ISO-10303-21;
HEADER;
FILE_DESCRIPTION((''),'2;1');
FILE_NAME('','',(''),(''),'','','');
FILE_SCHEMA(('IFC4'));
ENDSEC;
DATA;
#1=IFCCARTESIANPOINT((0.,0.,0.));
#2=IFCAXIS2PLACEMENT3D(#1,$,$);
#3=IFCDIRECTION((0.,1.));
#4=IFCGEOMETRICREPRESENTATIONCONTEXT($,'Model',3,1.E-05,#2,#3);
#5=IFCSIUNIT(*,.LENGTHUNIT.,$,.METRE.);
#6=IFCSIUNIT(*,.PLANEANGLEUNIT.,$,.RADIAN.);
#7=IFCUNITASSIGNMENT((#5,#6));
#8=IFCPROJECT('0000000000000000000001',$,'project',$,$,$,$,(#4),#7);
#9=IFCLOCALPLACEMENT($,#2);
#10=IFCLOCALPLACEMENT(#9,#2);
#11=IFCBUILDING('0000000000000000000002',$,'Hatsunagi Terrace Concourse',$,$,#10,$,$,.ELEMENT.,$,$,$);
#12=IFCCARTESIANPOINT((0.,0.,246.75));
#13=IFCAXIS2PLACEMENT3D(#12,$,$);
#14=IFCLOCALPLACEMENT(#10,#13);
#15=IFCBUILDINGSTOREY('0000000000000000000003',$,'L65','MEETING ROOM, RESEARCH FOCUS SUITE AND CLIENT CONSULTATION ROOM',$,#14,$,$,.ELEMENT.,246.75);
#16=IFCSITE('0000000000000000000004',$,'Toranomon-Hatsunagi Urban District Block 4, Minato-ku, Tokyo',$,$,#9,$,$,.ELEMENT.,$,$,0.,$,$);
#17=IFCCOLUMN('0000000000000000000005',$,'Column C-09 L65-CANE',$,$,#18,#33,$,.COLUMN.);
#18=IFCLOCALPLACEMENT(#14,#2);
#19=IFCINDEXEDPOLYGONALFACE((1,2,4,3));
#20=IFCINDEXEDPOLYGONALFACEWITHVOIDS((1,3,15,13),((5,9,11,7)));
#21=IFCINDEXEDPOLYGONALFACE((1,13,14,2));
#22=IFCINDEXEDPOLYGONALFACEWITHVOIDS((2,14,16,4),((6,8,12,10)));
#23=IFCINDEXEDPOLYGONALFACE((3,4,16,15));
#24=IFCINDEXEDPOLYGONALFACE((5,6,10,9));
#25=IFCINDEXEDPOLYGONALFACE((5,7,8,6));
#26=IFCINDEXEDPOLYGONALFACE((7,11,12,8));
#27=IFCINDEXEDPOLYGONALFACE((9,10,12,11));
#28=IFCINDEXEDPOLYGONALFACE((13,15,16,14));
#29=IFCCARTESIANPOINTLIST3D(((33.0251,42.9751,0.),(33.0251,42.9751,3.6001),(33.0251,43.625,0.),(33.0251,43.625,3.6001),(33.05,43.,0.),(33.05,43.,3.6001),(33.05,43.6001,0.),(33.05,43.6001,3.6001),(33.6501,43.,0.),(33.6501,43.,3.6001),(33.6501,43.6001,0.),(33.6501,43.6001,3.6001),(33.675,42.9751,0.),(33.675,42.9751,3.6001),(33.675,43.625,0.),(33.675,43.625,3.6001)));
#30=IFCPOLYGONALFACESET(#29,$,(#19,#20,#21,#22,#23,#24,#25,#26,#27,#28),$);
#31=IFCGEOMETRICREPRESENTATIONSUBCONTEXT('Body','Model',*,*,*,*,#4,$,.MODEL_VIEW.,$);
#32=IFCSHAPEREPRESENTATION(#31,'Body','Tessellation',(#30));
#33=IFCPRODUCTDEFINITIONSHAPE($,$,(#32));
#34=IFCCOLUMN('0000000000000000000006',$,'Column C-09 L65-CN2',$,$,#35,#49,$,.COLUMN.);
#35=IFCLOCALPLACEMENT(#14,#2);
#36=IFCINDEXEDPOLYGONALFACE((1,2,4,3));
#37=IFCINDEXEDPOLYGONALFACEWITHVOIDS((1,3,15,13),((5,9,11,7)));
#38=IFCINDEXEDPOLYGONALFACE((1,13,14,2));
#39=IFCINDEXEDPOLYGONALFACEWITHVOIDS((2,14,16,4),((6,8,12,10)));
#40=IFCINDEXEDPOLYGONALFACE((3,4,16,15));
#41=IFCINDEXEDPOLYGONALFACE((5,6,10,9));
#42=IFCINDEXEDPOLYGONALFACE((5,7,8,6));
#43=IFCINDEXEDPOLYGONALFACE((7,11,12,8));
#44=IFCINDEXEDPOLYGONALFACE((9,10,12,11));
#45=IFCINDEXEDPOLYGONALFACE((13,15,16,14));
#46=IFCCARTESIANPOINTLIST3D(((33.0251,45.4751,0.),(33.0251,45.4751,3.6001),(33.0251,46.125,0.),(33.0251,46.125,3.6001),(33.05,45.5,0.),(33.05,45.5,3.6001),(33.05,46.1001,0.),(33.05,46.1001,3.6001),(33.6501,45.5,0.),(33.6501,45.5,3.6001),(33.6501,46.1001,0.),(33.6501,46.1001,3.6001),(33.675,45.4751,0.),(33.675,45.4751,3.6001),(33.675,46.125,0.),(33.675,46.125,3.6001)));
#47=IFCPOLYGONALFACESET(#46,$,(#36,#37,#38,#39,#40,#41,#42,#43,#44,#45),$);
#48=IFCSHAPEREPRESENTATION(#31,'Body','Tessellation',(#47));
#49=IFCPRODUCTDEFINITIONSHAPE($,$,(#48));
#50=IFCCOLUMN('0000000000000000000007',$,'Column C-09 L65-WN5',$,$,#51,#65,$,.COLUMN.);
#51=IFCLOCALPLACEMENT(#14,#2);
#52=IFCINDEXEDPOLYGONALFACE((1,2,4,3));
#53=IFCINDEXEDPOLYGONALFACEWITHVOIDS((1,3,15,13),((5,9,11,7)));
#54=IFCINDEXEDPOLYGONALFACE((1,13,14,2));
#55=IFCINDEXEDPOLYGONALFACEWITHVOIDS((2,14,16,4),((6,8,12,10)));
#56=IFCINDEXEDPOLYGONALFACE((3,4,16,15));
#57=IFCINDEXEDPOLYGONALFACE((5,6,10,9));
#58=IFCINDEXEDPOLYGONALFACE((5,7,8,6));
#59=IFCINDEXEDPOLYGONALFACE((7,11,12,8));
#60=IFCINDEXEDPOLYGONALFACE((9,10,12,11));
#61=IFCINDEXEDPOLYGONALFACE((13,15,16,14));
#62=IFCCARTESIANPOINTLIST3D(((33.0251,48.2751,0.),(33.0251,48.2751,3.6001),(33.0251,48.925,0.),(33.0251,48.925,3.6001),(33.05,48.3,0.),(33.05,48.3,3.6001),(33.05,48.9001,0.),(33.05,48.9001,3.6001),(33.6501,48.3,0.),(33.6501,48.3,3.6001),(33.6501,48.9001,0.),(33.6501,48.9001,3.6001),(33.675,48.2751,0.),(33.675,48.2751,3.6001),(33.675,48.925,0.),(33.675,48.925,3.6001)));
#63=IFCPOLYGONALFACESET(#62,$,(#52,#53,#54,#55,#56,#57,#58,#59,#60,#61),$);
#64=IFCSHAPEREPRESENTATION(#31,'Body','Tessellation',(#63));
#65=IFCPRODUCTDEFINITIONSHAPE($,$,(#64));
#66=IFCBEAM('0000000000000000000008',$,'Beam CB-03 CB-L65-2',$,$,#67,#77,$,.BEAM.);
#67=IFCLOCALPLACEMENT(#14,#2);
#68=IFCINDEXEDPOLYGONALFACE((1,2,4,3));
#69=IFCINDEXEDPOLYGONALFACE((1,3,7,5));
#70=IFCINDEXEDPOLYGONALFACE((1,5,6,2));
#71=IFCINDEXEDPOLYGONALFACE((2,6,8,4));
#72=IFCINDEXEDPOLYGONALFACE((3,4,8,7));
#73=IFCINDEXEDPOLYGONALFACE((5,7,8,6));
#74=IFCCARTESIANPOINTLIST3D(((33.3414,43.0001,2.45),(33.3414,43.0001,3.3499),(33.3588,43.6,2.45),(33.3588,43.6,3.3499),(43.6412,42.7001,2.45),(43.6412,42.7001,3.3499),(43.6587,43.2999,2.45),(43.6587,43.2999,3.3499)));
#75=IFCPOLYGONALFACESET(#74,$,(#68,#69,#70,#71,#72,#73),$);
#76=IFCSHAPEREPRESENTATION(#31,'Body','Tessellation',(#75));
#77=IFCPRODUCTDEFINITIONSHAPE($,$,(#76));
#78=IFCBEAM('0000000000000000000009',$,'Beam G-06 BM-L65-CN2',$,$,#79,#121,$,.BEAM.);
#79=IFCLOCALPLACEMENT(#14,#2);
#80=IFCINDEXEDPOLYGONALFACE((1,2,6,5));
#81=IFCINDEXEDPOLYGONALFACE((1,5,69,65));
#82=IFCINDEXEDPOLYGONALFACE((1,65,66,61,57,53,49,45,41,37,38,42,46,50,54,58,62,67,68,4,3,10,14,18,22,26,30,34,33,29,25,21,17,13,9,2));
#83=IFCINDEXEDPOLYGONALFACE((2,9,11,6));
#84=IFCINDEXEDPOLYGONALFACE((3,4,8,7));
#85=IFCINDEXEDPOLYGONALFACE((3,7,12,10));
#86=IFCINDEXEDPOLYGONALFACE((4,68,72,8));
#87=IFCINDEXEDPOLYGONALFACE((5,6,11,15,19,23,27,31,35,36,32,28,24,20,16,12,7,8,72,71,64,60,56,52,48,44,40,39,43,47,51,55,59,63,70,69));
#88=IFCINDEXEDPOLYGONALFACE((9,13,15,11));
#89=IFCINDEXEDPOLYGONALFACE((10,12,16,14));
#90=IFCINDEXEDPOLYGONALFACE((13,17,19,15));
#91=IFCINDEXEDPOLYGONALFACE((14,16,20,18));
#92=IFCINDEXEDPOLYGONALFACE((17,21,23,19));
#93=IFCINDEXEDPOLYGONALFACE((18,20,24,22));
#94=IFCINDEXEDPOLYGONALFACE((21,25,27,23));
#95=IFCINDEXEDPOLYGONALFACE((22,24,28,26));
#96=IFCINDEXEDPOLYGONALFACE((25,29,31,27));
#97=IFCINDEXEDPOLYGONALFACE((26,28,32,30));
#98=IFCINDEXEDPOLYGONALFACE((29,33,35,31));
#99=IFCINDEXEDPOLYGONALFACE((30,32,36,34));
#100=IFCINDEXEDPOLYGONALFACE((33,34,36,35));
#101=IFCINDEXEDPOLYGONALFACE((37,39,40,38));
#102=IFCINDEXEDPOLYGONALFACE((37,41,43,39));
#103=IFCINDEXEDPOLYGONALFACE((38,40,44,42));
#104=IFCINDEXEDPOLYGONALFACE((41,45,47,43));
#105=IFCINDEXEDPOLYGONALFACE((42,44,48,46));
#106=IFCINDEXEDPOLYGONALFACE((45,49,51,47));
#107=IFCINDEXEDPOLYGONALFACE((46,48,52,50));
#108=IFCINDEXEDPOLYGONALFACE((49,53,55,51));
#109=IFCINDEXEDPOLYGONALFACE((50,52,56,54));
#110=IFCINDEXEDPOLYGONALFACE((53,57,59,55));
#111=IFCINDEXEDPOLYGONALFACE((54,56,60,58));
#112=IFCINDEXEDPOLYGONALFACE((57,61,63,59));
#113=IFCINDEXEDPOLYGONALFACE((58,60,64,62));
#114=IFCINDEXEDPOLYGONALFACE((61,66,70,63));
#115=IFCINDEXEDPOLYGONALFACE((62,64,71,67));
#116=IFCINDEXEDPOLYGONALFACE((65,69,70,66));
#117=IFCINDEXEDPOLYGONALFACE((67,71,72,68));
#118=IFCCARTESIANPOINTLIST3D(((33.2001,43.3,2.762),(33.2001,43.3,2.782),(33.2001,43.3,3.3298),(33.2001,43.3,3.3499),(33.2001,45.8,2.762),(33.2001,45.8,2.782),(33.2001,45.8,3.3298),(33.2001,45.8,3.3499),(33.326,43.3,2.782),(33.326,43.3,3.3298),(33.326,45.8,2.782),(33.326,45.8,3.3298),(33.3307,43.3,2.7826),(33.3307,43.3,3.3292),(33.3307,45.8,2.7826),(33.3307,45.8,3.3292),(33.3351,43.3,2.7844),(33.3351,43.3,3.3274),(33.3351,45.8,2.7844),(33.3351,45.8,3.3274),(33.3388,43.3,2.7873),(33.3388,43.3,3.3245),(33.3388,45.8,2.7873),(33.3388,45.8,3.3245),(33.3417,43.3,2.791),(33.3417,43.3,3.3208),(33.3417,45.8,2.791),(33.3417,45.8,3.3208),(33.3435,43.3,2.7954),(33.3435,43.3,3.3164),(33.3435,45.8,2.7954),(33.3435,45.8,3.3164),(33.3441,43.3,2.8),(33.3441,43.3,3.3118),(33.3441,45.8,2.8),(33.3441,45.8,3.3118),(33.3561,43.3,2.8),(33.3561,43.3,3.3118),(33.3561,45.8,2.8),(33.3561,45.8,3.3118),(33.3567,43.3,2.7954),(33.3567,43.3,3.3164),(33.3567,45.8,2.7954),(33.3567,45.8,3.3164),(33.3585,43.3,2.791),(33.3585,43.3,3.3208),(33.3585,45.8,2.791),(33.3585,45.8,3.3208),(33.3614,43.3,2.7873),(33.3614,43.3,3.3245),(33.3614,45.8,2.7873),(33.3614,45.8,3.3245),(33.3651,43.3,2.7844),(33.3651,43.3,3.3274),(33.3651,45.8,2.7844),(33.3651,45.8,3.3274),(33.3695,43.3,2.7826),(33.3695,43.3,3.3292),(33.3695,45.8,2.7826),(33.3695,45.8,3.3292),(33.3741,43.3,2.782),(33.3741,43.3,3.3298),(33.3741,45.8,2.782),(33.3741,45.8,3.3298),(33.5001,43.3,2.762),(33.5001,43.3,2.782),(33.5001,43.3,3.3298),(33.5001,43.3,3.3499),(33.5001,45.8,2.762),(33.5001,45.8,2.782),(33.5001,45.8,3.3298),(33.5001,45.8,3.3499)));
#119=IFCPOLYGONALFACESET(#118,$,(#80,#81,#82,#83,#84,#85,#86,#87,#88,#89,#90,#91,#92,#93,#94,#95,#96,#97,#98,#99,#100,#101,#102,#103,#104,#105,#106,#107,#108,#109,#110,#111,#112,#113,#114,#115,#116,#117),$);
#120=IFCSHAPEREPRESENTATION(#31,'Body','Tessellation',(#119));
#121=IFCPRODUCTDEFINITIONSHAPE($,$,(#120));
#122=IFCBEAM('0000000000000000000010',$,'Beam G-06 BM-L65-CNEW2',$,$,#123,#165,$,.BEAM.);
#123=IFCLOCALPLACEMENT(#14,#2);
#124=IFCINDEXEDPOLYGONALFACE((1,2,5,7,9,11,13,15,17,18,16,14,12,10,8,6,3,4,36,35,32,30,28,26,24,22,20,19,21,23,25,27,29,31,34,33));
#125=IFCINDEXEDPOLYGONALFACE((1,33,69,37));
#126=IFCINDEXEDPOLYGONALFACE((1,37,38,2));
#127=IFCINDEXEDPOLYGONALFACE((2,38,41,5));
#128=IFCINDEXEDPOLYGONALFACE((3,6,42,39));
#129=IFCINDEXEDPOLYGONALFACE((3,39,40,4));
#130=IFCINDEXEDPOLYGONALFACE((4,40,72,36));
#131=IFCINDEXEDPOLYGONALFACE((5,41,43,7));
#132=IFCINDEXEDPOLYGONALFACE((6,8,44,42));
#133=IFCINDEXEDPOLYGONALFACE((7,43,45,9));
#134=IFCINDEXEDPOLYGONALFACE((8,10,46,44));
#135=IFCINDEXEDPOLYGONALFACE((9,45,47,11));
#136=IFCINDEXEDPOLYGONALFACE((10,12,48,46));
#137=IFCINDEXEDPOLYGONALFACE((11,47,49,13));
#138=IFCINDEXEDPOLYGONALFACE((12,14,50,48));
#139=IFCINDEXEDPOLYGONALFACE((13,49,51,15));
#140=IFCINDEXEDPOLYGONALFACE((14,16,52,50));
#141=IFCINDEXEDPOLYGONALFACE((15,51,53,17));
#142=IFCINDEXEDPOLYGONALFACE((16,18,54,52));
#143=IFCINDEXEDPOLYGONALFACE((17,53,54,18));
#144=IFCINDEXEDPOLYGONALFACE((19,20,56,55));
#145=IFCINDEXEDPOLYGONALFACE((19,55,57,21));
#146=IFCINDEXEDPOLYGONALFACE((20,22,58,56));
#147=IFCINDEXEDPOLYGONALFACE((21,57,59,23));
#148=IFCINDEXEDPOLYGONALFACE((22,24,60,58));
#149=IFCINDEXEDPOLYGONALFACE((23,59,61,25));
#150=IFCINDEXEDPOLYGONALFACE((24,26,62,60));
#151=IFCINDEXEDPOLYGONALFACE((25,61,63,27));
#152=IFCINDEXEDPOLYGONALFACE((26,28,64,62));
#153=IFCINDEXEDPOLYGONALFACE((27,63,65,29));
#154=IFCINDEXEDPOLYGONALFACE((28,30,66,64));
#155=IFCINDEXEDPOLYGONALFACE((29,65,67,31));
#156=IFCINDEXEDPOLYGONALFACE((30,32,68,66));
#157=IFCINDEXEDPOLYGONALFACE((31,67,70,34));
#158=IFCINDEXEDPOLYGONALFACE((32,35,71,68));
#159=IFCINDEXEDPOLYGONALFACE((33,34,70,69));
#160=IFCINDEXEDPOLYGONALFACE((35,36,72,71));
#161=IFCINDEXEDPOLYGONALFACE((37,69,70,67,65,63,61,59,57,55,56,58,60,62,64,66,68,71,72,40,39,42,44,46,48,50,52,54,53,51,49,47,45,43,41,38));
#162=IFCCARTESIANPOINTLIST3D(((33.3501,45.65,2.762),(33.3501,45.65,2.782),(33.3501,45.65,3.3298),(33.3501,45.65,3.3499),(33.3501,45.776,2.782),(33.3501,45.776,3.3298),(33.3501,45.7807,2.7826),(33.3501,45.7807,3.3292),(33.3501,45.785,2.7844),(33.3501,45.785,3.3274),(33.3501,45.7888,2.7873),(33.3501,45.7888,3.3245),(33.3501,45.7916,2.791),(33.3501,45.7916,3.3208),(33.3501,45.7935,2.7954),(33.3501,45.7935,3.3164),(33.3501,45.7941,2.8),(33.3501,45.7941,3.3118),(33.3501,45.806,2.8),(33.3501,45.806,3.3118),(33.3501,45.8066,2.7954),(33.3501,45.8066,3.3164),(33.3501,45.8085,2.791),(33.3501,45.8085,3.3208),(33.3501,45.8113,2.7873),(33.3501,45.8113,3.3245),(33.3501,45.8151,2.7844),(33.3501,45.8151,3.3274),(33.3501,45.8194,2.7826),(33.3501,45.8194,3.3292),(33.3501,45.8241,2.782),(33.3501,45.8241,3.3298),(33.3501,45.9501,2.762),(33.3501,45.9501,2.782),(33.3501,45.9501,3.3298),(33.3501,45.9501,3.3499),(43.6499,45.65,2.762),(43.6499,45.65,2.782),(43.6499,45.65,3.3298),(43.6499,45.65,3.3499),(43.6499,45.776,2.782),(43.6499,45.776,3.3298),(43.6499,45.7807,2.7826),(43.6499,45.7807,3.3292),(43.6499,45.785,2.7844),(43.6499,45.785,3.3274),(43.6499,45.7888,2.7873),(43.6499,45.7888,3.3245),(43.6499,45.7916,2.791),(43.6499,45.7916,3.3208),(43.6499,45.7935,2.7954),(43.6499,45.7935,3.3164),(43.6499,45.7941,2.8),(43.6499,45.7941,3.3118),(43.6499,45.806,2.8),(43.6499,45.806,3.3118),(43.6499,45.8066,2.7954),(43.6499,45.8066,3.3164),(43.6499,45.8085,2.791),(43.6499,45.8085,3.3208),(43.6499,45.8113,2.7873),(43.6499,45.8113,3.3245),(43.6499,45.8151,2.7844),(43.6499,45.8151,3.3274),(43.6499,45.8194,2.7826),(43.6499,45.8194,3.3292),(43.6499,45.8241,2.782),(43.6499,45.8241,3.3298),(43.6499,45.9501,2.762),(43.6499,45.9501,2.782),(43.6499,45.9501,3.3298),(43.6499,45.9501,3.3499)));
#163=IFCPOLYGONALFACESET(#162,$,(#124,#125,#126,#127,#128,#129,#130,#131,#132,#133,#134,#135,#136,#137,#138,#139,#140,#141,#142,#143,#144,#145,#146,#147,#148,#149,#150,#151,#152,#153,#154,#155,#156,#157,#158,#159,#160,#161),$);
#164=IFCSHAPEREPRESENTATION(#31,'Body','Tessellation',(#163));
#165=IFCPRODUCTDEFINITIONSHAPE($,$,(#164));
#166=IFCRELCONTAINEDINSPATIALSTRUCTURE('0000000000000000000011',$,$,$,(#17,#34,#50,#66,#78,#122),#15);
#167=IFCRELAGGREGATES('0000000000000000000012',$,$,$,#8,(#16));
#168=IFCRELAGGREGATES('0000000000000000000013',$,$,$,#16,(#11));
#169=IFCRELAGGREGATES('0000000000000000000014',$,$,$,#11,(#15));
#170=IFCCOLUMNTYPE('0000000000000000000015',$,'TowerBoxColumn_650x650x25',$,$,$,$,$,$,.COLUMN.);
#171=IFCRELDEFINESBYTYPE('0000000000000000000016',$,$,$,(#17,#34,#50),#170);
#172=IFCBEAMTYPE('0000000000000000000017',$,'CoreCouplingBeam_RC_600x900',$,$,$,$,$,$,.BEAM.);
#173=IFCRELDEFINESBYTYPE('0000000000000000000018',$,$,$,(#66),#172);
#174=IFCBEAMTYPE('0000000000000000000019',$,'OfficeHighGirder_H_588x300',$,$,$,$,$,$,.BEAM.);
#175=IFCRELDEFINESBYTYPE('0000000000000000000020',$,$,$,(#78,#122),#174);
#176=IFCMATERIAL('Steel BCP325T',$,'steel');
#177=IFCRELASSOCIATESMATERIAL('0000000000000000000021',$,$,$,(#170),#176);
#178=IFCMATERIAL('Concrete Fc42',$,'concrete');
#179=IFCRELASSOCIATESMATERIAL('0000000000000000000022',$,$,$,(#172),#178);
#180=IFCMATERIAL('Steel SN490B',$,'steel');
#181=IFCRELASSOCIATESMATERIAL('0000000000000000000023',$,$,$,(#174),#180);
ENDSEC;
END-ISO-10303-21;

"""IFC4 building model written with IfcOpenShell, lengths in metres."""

from ifc_helpers import new_model, si_unit, direction, frame, origin, origin_2d, place, context, subcontext, project, spatial, rectangle, hollow_rectangle, i_section, extrude, material, material_profile, profile_set, type_object, element, save


model = new_model("IFC4")

# Units and contexts
model_context = context("Model", 3, precision=1e-05, world=origin(), true_north=direction((0.0, 1.0)))
body_context = subcontext(model_context, "Body", "Model", "MODEL_VIEW")
ifc_project = project(units=[si_unit("LENGTHUNIT", "METRE"), si_unit("PLANEANGLEUNIT", "RADIAN")], contexts=[model_context])

# Site, building, storey
site_placement = place(None, origin())
site = spatial("IfcSite", under=ifc_project, at=site_placement, Name="Toranomon-Hatsunagi Urban District Block 4, Minato-ku, Tokyo", CompositionType="ELEMENT", RefElevation=0.0)
building_placement = place(site_placement, origin())
building = spatial("IfcBuilding", under=site, at=building_placement, Name="Hatsunagi Terrace Concourse", CompositionType="ELEMENT")
storey_placement = place(building_placement, frame((0.0, 0.0, 246.75)))
storey = spatial("IfcBuildingStorey", under=building, at=storey_placement, Name="L65", Description="MEETING ROOM, RESEARCH FOCUS SUITE AND CLIENT CONSULTATION ROOM", CompositionType="ELEMENT", Elevation=246.75)

# Columns
ifc_material_1 = material(Name="Steel BCP325T", Category="steel")
ifc_material_profile_1 = material_profile(ifc_material_1, hollow_rectangle(XDim=0.6499, YDim=0.6499, WallThickness=0.0249, at=origin_2d()), Name="BCP-650x650x25")
ifc_profile_set_1 = profile_set([ifc_material_profile_1], Name="Steel BCP325T")
column_type = type_object("IfcColumnType", Name="TowerBoxColumn_650x650x25", PredefinedType="COLUMN", material=ifc_profile_set_1)
for number, where, z_axis, x_axis, name in (
    (1, (33.3501, 43.3, 0.0), (0.0, 0.0, 1.0), (1.0, 0.0, 0.0), "Column C-09 L65-CANE"),
    (2, (33.3501, 45.8, 0.0), (0.0, 0.0, 1.0), (1.0, 0.0, 0.0), "Column C-09 L65-CN2"),
    (3, (33.3501, 48.6001, 0.0), (0.0, 0.0, 1.0), (1.0, 0.0, 0.0), "Column C-09 L65-WN5"),
):
    element("IfcColumn", number, at=place(storey_placement, frame(where, z_axis=z_axis, x_axis=x_axis)), inside=storey, type_object=column_type, Name=name, PredefinedType="COLUMN", context=body_context, shape_type="SweptSolid", body=[
        extrude(hollow_rectangle(XDim=0.6499, YDim=0.6499, WallThickness=0.0249, at=origin_2d()), origin(), (0.0, 0.0, 1.0), 3.6001),
    ])

# Beams
ifc_material_2 = material(Name="Concrete Fc42", Category="concrete")
ifc_material_profile_2 = material_profile(ifc_material_2, rectangle(XDim=0.6001, YDim=0.8999, at=origin_2d()), Name="RC-600x900")
ifc_profile_set_2 = profile_set([ifc_material_profile_2], Name="Concrete Fc42")
beam_type_1 = type_object("IfcBeamType", Name="CoreCouplingBeam_RC_600x900", PredefinedType="BEAM", material=ifc_profile_set_2)
beam_1_placement = place(storey_placement, frame((33.3501, 43.3, 2.8999), z_axis=(0.999576, -0.029119, 0.0), x_axis=(0.029119, 0.999576, 0.0)))
element("IfcBeam", 4, at=beam_1_placement, inside=storey, type_object=beam_type_1, Name="Beam CB-03 CB-L65-2", PredefinedType="BEAM", context=body_context, shape_type="SweptSolid", body=[
    extrude(rectangle(XDim=0.6001, YDim=0.8999, at=origin_2d()), origin(), (0.0, 0.0, 1.0), 10.3042),
])
ifc_material_3 = material(Name="Steel SN490B", Category="steel")
ifc_material_profile_3 = material_profile(ifc_material_3, i_section(OverallWidth=0.3, OverallDepth=0.5879, WebThickness=0.012, FlangeThickness=0.02, FilletRadius=0.0181, at=origin_2d()), Name="H-588x300x12x20")
ifc_profile_set_3 = profile_set([ifc_material_profile_3], Name="Steel SN490B")
beam_type_2 = type_object("IfcBeamType", Name="OfficeHighGirder_H_588x300", PredefinedType="BEAM", material=ifc_profile_set_3)
beam_2_placement = place(storey_placement, frame((33.3501, 43.3, 3.0559), z_axis=(0.0, 1.0, 0.0), x_axis=(-1.0, 0.0, 0.0)))
element("IfcBeam", 5, at=beam_2_placement, inside=storey, type_object=beam_type_2, Name="Beam G-06 BM-L65-CN2", PredefinedType="BEAM", context=body_context, shape_type="SweptSolid", body=[
    extrude(i_section(OverallWidth=0.3, OverallDepth=0.5879, WebThickness=0.012, FlangeThickness=0.02, FilletRadius=0.0181, at=origin_2d()), origin(), (0.0, 0.0, 1.0), 2.5),
])
beam_3_placement = place(storey_placement, frame((33.3501, 45.8, 3.0559), z_axis=(1.0, 0.0, 0.0), x_axis=(0.0, 1.0, 0.0)))
element("IfcBeam", 6, at=beam_3_placement, inside=storey, type_object=beam_type_2, Name="Beam G-06 BM-L65-CNEW2", PredefinedType="BEAM", context=body_context, shape_type="SweptSolid", body=[
    extrude(i_section(OverallWidth=0.3, OverallDepth=0.5879, WebThickness=0.012, FlangeThickness=0.02, FilletRadius=0.0181, at=origin_2d()), origin(), (0.0, 0.0, 1.0), 10.2998),
])

save(model, "model.ifc")
